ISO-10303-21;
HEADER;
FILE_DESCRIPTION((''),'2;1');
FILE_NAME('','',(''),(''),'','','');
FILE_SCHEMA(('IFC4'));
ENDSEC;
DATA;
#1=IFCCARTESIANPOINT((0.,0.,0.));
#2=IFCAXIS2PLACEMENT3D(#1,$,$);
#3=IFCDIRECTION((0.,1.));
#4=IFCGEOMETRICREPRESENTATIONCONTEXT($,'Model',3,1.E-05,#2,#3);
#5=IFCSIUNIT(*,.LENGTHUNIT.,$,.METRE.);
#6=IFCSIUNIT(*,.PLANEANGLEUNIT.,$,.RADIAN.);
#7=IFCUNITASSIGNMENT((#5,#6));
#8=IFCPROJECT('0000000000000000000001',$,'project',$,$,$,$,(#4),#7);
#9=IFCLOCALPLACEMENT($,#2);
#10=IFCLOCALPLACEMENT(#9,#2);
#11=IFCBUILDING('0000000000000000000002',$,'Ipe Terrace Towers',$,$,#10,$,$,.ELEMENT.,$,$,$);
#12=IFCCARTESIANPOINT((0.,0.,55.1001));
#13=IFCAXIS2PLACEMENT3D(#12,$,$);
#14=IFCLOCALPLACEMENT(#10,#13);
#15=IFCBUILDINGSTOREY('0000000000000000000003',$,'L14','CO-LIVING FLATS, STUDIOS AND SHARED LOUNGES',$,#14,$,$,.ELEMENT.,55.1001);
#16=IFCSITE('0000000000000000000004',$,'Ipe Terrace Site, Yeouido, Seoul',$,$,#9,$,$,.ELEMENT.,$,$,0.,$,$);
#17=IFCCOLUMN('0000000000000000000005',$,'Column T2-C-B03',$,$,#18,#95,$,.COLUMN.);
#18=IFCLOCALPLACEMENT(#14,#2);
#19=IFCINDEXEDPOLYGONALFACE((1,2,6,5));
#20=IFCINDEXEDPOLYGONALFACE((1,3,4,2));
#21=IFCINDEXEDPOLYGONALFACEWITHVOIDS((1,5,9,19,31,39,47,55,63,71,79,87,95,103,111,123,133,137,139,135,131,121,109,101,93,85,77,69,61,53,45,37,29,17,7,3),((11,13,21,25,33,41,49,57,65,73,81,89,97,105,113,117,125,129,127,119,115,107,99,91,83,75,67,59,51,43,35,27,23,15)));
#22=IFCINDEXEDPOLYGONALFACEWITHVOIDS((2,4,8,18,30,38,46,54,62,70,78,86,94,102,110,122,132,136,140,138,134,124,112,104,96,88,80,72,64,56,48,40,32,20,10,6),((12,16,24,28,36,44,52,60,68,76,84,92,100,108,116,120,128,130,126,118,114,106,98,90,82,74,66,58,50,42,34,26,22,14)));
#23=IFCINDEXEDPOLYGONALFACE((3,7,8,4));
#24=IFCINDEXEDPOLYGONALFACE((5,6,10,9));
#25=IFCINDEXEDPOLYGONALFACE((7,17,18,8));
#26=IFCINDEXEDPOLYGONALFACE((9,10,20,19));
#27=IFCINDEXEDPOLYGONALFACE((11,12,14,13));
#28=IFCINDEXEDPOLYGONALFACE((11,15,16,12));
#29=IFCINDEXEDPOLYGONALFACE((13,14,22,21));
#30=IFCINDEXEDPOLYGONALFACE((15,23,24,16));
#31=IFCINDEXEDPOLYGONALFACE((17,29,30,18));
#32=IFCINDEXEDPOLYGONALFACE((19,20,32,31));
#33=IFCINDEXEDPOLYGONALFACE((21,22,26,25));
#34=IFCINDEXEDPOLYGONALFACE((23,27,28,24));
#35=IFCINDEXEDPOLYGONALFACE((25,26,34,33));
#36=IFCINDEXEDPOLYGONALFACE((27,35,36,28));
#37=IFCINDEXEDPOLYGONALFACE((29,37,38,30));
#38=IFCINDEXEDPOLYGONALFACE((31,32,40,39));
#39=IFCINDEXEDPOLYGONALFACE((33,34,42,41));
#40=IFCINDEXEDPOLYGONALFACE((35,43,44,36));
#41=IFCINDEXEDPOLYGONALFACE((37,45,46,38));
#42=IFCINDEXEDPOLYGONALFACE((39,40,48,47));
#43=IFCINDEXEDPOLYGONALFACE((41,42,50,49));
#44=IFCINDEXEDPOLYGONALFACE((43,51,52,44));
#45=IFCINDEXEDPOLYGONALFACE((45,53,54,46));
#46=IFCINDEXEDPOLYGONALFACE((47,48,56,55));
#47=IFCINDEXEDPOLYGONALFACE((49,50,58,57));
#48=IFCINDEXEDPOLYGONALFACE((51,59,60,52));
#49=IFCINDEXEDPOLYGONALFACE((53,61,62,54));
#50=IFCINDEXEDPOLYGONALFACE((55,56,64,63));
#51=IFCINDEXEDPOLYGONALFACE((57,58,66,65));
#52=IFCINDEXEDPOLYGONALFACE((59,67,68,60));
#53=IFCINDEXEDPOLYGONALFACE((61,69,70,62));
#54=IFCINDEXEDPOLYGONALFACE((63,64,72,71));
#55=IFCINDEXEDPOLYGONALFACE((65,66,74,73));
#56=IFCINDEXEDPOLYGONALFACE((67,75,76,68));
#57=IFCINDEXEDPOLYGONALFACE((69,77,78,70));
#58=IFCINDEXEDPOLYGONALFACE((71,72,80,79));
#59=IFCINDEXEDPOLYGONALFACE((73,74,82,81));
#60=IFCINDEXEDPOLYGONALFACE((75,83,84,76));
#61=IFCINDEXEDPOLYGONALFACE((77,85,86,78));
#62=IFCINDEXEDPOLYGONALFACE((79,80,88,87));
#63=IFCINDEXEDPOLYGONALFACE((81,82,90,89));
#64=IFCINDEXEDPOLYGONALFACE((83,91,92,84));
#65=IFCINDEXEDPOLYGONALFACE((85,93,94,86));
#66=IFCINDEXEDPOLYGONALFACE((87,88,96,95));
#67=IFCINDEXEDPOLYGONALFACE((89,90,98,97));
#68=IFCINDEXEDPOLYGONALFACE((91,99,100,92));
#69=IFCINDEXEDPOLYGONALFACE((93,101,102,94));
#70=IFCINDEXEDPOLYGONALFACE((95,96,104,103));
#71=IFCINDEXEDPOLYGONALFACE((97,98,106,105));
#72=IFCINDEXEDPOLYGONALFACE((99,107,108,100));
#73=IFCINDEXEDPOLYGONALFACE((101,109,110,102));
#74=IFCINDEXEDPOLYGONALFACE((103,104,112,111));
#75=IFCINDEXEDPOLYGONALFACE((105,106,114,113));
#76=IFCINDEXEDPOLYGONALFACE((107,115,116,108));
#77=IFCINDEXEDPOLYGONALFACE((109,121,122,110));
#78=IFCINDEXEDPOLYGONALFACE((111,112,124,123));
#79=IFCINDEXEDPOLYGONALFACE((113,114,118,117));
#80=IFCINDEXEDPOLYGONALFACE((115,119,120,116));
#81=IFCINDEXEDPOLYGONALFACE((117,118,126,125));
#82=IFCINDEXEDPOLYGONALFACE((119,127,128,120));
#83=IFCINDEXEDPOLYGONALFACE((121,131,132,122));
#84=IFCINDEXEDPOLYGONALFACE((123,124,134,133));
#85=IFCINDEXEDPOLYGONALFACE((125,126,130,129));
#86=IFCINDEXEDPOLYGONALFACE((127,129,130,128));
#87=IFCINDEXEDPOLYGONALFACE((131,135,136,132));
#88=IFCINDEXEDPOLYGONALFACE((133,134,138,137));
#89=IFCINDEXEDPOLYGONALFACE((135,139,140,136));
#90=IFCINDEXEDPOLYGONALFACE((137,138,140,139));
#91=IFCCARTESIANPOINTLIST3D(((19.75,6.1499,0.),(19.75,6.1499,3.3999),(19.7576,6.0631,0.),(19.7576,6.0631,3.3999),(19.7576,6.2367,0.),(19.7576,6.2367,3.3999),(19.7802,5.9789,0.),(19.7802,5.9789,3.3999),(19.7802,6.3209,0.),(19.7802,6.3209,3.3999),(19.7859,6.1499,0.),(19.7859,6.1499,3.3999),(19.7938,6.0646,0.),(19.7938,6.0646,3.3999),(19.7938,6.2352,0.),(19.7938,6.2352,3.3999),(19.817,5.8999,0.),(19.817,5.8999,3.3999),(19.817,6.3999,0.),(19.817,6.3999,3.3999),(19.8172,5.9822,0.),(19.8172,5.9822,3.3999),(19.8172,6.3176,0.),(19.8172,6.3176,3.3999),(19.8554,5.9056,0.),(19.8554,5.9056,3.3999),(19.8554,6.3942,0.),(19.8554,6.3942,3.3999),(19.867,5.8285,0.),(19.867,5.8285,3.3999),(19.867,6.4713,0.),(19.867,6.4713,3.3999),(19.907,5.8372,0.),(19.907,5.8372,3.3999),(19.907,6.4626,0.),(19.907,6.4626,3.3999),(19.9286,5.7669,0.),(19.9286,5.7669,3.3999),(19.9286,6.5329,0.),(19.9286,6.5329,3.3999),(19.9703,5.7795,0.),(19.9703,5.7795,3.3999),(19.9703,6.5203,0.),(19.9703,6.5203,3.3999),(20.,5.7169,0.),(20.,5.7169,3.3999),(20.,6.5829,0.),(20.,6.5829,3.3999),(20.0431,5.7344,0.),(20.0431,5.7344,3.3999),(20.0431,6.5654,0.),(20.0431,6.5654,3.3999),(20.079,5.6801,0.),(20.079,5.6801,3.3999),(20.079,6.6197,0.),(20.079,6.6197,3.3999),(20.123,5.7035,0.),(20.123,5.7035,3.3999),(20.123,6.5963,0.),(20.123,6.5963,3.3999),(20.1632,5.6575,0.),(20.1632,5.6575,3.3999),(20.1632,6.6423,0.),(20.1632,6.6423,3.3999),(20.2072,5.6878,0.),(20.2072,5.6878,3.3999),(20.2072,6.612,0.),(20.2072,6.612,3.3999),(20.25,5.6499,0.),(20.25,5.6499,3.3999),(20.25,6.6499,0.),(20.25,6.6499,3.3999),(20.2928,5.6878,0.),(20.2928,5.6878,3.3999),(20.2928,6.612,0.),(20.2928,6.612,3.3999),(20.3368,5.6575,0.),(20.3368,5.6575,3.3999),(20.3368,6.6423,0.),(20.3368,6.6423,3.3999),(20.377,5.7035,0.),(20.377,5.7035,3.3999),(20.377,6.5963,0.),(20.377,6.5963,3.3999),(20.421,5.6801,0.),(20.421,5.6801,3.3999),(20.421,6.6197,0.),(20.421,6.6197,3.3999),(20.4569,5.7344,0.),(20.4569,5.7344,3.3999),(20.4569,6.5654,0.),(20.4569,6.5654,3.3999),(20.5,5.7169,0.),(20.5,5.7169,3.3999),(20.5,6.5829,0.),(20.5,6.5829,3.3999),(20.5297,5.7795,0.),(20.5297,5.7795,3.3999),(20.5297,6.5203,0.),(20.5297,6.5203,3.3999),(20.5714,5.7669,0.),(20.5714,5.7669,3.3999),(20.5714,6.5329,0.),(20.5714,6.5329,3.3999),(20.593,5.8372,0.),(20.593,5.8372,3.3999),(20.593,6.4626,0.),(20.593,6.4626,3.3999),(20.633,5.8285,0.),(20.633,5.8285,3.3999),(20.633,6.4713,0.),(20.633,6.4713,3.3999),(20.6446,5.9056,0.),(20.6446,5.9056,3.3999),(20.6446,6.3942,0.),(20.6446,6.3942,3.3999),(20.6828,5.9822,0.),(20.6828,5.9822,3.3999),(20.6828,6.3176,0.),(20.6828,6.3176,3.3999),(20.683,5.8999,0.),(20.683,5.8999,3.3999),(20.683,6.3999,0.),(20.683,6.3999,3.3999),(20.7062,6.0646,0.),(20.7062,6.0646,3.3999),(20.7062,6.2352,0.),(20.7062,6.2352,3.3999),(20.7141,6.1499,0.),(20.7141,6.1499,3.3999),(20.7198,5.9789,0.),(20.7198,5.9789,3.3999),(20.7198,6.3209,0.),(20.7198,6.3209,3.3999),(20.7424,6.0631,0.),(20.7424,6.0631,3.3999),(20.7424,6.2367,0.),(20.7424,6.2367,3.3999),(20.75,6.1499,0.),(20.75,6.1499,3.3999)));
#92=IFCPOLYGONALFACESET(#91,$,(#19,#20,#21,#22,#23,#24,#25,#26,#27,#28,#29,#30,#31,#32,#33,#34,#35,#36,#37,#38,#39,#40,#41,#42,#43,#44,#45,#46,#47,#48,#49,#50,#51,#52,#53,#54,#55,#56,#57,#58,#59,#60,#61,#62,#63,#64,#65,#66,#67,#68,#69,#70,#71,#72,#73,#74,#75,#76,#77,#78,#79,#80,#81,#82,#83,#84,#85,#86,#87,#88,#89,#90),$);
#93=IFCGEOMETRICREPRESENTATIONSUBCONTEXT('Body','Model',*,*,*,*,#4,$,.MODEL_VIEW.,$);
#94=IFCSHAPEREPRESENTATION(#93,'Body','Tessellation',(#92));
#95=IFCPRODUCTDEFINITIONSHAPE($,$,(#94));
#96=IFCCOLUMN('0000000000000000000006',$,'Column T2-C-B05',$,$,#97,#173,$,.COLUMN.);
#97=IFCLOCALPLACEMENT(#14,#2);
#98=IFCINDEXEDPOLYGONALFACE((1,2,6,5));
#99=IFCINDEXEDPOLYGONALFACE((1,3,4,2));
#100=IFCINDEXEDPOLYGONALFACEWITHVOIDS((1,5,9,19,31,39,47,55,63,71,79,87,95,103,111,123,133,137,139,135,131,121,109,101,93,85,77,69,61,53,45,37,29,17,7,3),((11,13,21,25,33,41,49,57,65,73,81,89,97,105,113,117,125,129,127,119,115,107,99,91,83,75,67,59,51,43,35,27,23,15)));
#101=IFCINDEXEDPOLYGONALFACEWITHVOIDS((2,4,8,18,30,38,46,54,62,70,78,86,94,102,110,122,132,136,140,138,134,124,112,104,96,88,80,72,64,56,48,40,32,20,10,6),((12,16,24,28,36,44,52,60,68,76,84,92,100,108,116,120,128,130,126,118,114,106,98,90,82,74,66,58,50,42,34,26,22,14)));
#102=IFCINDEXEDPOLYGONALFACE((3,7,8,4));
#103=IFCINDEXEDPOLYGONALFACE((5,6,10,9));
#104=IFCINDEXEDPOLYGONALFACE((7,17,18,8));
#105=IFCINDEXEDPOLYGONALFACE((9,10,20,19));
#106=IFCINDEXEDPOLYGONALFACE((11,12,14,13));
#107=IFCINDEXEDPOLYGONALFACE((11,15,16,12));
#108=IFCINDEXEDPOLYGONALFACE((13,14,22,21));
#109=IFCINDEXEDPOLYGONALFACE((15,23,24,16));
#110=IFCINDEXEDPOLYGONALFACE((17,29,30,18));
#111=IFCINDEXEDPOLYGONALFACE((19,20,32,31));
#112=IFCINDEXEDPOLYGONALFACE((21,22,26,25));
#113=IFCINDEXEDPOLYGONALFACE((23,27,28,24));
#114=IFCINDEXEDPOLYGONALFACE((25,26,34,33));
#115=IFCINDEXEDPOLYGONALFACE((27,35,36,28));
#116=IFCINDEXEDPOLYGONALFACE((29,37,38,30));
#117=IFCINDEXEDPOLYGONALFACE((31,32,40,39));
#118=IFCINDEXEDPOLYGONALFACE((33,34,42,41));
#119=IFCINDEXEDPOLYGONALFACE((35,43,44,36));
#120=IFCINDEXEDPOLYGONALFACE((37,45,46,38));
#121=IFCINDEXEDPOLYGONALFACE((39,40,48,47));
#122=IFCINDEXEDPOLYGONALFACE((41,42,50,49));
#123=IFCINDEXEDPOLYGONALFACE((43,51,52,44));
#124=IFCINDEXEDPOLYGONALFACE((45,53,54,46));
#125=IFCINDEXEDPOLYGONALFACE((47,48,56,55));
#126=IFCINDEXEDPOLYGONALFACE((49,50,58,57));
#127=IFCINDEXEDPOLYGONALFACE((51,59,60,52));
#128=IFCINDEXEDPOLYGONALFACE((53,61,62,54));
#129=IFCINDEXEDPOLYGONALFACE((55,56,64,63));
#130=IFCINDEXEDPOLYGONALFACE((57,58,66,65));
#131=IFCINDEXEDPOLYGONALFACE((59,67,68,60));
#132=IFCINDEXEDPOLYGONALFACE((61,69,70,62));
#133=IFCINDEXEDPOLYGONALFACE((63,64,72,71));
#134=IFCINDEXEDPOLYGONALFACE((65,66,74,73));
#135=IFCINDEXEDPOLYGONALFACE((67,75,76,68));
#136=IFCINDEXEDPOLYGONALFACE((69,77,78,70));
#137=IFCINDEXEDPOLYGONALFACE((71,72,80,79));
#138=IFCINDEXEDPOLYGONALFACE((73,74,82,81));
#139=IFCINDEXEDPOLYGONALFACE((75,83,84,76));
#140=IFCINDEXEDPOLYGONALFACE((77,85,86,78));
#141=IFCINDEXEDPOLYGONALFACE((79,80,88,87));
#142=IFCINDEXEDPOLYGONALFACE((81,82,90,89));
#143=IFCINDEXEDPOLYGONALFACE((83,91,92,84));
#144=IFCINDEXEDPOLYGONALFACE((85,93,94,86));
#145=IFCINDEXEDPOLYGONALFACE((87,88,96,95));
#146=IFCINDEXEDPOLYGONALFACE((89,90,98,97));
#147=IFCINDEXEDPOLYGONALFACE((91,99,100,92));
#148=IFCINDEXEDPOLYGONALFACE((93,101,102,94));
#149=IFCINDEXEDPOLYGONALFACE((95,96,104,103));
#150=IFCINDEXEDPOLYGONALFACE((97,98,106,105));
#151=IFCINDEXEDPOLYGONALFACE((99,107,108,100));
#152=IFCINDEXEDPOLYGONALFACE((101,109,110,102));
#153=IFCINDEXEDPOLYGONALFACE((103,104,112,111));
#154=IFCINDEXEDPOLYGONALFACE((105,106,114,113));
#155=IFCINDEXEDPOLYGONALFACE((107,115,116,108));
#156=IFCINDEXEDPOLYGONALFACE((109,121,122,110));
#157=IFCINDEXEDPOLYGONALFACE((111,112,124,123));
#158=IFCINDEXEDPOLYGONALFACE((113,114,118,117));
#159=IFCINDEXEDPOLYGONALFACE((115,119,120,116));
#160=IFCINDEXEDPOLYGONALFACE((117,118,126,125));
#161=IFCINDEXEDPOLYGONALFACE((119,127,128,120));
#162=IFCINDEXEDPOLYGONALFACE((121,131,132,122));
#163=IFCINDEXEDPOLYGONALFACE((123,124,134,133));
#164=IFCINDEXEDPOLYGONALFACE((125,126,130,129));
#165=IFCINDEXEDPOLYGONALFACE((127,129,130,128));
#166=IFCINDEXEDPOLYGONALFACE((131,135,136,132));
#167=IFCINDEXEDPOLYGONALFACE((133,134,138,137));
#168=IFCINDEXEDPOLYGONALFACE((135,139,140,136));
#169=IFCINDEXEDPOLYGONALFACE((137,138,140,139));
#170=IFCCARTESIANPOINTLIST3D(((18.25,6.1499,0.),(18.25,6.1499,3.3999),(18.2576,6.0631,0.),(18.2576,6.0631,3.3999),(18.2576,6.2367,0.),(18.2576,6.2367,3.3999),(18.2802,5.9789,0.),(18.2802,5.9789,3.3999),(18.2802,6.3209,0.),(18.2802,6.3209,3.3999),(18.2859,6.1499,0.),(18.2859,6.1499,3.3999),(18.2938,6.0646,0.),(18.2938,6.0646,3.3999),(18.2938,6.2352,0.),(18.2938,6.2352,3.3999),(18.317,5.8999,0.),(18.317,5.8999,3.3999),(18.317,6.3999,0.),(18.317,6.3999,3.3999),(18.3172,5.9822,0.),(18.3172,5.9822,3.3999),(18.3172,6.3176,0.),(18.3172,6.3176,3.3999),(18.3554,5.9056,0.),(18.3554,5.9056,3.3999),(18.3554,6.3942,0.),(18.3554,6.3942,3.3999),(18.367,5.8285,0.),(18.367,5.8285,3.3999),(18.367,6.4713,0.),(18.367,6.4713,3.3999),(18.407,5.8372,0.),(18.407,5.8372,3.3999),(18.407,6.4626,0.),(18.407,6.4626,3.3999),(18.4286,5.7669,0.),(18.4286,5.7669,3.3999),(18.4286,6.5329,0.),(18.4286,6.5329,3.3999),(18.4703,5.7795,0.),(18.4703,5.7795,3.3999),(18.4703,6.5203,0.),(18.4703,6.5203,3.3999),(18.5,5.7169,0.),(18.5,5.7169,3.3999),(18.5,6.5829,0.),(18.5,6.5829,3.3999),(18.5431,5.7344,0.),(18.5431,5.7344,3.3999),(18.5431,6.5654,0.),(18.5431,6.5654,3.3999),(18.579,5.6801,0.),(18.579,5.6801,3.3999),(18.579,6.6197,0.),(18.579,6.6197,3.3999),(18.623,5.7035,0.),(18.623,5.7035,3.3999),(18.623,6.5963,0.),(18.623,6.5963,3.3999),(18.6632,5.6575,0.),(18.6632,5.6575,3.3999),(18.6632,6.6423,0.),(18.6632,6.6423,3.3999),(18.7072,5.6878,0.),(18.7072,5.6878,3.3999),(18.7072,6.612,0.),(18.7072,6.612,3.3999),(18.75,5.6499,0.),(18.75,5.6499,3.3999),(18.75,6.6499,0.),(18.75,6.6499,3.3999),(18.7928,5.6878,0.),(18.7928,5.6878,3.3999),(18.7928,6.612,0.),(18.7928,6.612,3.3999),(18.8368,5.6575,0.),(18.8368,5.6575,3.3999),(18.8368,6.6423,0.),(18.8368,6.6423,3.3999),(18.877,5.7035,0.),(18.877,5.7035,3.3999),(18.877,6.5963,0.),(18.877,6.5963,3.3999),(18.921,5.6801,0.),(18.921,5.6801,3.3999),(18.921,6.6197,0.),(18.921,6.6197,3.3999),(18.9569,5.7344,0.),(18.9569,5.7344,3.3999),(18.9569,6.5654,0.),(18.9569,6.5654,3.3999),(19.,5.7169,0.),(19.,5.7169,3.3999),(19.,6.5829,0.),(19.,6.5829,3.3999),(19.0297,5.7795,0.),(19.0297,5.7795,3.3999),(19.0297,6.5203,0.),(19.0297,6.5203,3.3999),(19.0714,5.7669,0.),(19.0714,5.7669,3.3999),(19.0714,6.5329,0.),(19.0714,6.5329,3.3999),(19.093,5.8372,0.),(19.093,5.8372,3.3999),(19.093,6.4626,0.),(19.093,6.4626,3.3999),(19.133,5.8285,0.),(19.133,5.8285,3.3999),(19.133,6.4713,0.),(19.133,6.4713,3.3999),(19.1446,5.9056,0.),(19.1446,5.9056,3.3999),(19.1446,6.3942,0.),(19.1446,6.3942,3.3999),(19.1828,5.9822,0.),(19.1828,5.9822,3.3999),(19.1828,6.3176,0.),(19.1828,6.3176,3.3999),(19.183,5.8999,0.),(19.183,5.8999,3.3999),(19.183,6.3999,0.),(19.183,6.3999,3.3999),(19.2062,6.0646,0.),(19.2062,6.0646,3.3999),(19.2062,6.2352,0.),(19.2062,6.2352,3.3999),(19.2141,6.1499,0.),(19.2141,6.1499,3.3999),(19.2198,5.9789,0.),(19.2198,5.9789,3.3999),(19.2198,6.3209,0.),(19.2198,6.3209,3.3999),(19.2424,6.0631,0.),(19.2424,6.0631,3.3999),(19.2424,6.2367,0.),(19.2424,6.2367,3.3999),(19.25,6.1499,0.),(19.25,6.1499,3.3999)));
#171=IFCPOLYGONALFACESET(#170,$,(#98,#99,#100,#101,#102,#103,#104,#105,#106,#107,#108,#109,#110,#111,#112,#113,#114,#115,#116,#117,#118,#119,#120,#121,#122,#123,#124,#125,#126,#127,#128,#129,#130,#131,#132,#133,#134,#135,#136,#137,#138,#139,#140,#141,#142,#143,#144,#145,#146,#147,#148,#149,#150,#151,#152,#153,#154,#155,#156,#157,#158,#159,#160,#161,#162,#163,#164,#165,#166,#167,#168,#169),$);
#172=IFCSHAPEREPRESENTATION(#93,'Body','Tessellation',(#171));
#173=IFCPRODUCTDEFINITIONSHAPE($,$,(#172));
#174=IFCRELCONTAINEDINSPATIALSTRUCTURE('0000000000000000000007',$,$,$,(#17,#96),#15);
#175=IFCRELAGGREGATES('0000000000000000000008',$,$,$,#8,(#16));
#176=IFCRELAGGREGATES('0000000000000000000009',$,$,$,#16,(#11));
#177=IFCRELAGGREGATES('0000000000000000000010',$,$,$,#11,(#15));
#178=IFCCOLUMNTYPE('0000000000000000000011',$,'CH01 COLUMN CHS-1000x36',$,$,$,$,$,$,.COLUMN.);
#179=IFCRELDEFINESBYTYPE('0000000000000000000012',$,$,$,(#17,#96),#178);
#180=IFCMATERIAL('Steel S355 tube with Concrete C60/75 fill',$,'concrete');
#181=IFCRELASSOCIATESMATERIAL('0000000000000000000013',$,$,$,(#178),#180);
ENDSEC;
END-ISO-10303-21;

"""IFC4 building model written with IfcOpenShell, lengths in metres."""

from ifc_helpers import new_model, si_unit, direction, frame, origin, origin_2d, place, context, subcontext, project, spatial, hollow_circle, extrude, material, material_profile, profile_set, type_object, element, save


model = new_model("IFC4")

# Units and contexts
model_context = context("Model", 3, precision=1e-05, world=origin(), true_north=direction((0.0, 1.0)))
body_context = subcontext(model_context, "Body", "Model", "MODEL_VIEW")
ifc_project = project(units=[si_unit("LENGTHUNIT", "METRE"), si_unit("PLANEANGLEUNIT", "RADIAN")], contexts=[model_context])

# Site, building, storey
site_placement = place(None, origin())
site = spatial("IfcSite", under=ifc_project, at=site_placement, Name="Ipe Terrace Site, Yeouido, Seoul", CompositionType="ELEMENT", RefElevation=0.0)
building_placement = place(site_placement, origin())
building = spatial("IfcBuilding", under=site, at=building_placement, Name="Ipe Terrace Towers", CompositionType="ELEMENT")
storey_placement = place(building_placement, frame((0.0, 0.0, 55.1001)))
storey = spatial("IfcBuildingStorey", under=building, at=storey_placement, Name="L14", Description="CO-LIVING FLATS, STUDIOS AND SHARED LOUNGES", CompositionType="ELEMENT", Elevation=55.1001)

# Columns
ifc_material_1 = material(Name="Steel S355 tube with Concrete C60/75 fill", Category="concrete")
ifc_material_profile_1 = material_profile(ifc_material_1, hollow_circle(Radius=0.5, WallThickness=0.0359, at=origin_2d()), Name="CHS-1000x36")
ifc_profile_set_1 = profile_set([ifc_material_profile_1], Name="Steel S355 tube with Concrete C60/75 fill")
column_type = type_object("IfcColumnType", Name="CH01 COLUMN CHS-1000x36", PredefinedType="COLUMN", material=ifc_profile_set_1)
for number, where, z_axis, x_axis, name in (
    (1, (20.25, 6.1499, 0.0), (0.0, 0.0, 1.0), (1.0, 0.0, 0.0), "Column T2-C-B03"),
    (2, (18.75, 6.1499, 0.0), (0.0, 0.0, 1.0), (1.0, 0.0, 0.0), "Column T2-C-B05"),
):
    element("IfcColumn", number, at=place(storey_placement, frame(where, z_axis=z_axis, x_axis=x_axis)), inside=storey, type_object=column_type, Name=name, PredefinedType="COLUMN", context=body_context, shape_type="SweptSolid", body=[
        extrude(hollow_circle(Radius=0.5, WallThickness=0.0359, at=origin_2d()), origin(), (0.0, 0.0, 1.0), 3.3999),
    ])

save(model, "model.ifc")
